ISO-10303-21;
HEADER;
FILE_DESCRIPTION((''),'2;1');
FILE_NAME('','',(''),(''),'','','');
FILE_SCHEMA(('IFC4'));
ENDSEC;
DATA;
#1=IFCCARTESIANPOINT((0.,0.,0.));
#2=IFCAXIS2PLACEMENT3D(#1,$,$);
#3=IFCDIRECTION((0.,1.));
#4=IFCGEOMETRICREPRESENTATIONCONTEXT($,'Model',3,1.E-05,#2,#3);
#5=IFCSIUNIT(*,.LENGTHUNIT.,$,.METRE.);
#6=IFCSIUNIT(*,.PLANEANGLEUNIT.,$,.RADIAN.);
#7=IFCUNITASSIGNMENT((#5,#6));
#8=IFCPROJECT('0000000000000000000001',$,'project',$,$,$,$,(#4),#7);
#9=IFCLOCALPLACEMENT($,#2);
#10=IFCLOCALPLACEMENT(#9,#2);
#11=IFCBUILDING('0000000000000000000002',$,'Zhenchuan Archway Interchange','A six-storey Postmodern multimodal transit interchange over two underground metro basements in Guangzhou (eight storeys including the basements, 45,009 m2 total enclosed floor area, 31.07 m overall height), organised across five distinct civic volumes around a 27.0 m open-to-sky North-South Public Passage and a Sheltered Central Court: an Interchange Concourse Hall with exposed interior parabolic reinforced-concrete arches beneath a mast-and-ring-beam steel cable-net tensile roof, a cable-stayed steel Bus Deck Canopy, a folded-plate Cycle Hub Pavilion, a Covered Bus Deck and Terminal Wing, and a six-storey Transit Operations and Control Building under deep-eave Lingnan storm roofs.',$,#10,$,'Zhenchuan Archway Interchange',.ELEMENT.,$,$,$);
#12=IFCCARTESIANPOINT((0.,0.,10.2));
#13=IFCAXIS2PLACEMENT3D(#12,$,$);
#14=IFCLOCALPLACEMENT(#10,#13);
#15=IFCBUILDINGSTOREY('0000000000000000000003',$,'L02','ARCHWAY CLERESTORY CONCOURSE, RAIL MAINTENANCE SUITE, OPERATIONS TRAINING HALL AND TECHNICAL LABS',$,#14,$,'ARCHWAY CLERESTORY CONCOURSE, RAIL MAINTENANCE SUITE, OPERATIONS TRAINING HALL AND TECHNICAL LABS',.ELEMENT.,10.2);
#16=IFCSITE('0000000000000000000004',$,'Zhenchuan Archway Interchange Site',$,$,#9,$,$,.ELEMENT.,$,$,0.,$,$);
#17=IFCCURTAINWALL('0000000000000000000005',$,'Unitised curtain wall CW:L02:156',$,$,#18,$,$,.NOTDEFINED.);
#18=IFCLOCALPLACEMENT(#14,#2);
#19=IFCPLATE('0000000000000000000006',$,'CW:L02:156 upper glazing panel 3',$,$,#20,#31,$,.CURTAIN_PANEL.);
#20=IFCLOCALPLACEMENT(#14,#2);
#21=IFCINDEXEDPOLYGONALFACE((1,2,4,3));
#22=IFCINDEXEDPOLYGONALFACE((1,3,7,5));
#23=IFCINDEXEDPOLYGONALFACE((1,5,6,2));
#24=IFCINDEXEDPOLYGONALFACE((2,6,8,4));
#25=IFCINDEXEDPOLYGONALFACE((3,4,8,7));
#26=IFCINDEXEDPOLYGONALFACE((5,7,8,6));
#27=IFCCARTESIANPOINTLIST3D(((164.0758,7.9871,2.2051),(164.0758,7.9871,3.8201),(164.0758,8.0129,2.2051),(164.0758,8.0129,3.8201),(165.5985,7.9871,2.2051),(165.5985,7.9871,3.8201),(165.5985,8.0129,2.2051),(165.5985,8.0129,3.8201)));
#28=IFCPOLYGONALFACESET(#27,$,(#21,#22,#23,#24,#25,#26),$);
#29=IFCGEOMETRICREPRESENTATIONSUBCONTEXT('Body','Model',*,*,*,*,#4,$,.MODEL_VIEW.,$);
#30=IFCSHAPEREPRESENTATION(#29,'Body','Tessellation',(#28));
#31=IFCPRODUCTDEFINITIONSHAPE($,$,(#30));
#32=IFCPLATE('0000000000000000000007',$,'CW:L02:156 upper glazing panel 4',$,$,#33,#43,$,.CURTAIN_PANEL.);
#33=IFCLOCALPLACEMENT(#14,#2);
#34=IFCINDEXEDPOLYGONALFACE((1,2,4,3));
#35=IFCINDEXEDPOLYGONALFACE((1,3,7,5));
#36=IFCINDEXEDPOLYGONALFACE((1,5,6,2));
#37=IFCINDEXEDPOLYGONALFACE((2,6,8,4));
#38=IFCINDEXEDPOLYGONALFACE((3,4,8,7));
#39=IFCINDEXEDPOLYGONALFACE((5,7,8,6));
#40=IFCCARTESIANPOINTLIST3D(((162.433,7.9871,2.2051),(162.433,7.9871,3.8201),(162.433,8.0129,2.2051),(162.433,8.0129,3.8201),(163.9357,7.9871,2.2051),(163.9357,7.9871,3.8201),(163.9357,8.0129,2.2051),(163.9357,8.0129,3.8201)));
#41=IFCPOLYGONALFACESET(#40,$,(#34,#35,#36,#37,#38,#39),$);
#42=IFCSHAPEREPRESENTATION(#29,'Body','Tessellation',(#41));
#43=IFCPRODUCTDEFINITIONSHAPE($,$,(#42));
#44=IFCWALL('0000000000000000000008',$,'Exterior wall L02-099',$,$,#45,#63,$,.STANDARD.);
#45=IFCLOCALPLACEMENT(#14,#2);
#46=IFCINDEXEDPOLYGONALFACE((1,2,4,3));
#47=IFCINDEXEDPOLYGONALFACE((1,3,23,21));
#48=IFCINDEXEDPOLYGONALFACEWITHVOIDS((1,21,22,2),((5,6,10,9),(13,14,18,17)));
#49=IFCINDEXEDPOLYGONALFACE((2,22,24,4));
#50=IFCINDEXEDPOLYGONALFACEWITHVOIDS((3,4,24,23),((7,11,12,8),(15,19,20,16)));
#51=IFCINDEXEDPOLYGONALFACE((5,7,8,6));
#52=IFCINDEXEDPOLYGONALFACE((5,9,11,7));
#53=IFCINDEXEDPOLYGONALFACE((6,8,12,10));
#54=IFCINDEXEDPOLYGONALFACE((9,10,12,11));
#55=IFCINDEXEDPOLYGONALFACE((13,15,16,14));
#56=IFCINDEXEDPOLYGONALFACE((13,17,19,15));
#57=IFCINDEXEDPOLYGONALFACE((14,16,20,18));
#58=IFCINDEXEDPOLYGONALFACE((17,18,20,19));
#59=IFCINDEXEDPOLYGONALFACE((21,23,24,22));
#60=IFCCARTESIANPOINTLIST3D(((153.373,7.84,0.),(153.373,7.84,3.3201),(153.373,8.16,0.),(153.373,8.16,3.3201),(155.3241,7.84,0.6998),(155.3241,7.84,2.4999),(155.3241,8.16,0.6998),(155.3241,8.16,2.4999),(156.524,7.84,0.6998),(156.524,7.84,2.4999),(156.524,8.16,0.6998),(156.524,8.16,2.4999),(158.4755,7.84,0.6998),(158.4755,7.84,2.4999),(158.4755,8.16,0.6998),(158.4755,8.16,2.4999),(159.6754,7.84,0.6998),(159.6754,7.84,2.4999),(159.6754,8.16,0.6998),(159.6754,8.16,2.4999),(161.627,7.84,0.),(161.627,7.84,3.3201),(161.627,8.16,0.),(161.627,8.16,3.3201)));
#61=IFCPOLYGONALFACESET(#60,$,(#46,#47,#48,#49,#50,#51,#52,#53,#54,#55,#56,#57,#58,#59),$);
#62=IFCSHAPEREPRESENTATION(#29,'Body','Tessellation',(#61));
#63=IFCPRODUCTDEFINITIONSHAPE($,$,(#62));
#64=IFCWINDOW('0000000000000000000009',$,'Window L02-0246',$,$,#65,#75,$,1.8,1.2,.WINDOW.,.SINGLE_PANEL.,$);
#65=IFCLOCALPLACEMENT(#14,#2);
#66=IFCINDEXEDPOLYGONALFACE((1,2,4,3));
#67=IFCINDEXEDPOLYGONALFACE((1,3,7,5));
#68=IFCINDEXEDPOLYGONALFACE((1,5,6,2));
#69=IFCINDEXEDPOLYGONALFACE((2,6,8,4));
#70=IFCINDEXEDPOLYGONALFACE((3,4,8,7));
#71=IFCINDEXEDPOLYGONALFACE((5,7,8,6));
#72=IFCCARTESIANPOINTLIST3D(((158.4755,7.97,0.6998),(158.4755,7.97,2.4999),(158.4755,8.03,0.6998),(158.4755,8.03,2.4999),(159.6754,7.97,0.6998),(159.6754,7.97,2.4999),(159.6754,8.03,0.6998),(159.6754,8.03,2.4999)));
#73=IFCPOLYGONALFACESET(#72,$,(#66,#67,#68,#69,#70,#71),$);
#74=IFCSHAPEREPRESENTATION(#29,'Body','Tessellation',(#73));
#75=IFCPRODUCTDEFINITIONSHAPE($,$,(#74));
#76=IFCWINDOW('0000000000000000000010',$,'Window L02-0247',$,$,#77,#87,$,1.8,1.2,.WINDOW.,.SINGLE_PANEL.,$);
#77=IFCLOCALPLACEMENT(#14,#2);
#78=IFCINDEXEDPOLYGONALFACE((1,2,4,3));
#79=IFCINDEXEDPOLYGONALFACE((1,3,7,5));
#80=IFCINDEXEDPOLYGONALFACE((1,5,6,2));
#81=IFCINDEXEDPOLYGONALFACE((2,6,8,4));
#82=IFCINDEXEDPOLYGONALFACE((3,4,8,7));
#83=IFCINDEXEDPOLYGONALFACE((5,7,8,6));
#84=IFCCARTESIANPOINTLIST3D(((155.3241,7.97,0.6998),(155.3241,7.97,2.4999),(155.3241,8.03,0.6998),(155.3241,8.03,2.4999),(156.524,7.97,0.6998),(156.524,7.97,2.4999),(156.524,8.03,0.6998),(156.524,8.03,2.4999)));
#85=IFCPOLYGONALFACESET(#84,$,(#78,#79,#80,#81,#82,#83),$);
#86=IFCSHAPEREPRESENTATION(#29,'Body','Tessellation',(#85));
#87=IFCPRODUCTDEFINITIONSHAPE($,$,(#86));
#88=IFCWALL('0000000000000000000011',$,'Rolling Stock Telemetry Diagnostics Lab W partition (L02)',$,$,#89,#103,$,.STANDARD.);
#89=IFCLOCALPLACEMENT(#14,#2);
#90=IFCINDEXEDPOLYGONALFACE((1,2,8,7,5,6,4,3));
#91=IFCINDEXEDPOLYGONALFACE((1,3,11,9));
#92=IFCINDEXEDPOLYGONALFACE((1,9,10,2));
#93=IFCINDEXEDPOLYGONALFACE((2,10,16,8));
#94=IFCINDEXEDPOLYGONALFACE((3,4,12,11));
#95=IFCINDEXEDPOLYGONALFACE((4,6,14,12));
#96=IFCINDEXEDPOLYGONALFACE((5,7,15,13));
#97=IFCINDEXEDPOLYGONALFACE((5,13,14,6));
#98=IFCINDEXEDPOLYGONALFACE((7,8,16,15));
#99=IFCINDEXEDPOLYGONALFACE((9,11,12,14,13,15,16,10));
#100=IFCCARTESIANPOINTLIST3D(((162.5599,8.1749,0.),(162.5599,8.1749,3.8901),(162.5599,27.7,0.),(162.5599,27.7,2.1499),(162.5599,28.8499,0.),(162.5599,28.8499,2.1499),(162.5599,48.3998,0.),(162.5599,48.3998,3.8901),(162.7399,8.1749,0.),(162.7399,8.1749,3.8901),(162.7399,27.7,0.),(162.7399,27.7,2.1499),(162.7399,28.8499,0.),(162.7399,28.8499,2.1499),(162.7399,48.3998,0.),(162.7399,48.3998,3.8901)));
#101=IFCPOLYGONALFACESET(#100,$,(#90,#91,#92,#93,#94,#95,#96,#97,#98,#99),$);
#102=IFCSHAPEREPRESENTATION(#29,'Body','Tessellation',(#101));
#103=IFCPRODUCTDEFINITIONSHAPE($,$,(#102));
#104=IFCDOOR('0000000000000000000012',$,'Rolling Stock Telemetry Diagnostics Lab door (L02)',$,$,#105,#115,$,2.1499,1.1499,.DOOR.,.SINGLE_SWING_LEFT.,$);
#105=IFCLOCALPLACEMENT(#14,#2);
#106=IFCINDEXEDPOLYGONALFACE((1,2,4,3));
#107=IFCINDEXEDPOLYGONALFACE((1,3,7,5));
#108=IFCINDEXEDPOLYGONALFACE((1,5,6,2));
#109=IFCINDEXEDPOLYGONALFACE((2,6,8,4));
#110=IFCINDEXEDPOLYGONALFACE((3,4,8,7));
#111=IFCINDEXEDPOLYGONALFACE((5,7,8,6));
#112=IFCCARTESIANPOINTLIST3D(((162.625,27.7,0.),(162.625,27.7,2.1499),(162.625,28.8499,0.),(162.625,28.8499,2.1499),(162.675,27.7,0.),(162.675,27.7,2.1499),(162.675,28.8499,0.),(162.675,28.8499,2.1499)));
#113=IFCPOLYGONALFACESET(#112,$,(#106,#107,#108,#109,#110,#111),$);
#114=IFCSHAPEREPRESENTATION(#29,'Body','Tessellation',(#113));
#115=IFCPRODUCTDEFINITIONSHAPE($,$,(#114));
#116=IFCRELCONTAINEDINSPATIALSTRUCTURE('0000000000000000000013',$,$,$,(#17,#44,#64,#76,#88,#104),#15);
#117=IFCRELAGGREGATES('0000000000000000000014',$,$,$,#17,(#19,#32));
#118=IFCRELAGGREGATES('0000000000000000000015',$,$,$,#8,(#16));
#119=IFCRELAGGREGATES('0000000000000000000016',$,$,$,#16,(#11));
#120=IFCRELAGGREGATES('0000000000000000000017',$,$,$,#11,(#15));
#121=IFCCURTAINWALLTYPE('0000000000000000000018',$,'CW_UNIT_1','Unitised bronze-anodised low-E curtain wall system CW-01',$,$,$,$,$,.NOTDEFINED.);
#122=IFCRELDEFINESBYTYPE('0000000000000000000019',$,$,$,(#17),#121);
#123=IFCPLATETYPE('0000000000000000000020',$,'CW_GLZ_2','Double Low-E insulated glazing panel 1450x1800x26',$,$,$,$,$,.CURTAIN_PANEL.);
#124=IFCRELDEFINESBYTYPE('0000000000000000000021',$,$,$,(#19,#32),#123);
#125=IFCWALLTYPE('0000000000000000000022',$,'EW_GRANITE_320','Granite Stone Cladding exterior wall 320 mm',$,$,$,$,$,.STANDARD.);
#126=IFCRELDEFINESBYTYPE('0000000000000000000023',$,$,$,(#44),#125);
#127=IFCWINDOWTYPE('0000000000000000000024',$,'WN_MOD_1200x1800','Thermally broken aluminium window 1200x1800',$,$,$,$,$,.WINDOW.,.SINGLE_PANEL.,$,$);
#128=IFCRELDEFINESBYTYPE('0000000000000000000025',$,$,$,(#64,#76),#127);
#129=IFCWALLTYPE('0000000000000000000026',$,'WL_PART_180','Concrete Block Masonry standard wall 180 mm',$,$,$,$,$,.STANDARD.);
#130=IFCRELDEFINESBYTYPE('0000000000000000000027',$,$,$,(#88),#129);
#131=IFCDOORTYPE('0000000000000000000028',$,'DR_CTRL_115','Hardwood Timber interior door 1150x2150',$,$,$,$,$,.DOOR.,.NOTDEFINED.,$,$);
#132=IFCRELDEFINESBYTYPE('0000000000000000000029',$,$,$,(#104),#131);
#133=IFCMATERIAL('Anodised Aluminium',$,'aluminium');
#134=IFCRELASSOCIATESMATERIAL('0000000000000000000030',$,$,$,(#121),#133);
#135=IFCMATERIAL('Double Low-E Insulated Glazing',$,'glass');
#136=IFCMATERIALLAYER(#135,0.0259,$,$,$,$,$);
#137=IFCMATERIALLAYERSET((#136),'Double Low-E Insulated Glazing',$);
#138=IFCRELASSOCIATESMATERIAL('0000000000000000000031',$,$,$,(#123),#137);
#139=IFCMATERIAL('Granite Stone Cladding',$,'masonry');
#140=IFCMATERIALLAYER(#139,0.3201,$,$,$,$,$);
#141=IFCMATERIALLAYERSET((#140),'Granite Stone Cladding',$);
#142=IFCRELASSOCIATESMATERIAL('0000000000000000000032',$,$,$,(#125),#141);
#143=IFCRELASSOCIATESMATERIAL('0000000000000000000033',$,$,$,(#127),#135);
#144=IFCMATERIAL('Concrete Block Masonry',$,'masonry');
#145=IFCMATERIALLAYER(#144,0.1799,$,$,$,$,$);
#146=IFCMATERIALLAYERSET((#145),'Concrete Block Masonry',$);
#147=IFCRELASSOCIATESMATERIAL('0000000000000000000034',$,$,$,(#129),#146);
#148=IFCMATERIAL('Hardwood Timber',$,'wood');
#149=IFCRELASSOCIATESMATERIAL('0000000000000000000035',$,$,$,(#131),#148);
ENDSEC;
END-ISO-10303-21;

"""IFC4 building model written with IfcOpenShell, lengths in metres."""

from ifc_helpers import new_model, si_unit, direction, frame, frame_2d, origin, origin_2d, place, context, subcontext, project, spatial, rectangle, extrude, material, layer, layer_set, type_object, element, fill, aggregate, save


model = new_model("IFC4")

# Units and contexts
model_context = context("Model", 3, precision=1e-05, world=origin(), true_north=direction((0.0, 1.0)))
body_context = subcontext(model_context, "Body", "Model", "MODEL_VIEW")
ifc_project = project(units=[si_unit("LENGTHUNIT", "METRE"), si_unit("PLANEANGLEUNIT", "RADIAN")], contexts=[model_context])

# Site, building, storey
site_placement = place(None, origin())
site = spatial("IfcSite", under=ifc_project, at=site_placement, Name="Zhenchuan Archway Interchange Site", CompositionType="ELEMENT", RefElevation=0.0)
building_placement = place(site_placement, origin())
building = spatial("IfcBuilding", under=site, at=building_placement, Name="Zhenchuan Archway Interchange", Description="A six-storey Postmodern multimodal transit interchange over two underground metro basements in Guangzhou (eight storeys including the basements, 45,009 m2 total enclosed floor area, 31.07 m overall height), organised across five distinct civic volumes around a 27.0 m open-to-sky North-South Public Passage and a Sheltered Central Court: an Interchange Concourse Hall with exposed interior parabolic reinforced-concrete arches beneath a mast-and-ring-beam steel cable-net tensile roof, a cable-stayed steel Bus Deck Canopy, a folded-plate Cycle Hub Pavilion, a Covered Bus Deck and Terminal Wing, and a six-storey Transit Operations and Control Building under deep-eave Lingnan storm roofs.", LongName="Zhenchuan Archway Interchange", CompositionType="ELEMENT")
storey_placement = place(building_placement, frame((0.0, 0.0, 10.2)))
storey = spatial("IfcBuildingStorey", under=building, at=storey_placement, Name="L02", Description="ARCHWAY CLERESTORY CONCOURSE, RAIL MAINTENANCE SUITE, OPERATIONS TRAINING HALL AND TECHNICAL LABS", LongName="ARCHWAY CLERESTORY CONCOURSE, RAIL MAINTENANCE SUITE, OPERATIONS TRAINING HALL AND TECHNICAL LABS", CompositionType="ELEMENT", Elevation=10.2)

# Curtain wall
ifc_material_1 = material(Name="Anodised Aluminium", Category="aluminium")
curtain_wall_type = type_object("IfcCurtainWallType", Name="CW_UNIT_1", Description="Unitised bronze-anodised low-E curtain wall system CW-01", PredefinedType="NOTDEFINED", material=ifc_material_1)
curtain_wall_placement = place(storey_placement, origin())
curtain_wall = element("IfcCurtainWall", 1, at=curtain_wall_placement, inside=storey, type_object=curtain_wall_type, Name="Unitised curtain wall CW:L02:156", PredefinedType="NOTDEFINED")

# Plates
ifc_material_2 = material(Name="Double Low-E Insulated Glazing", Category="glass")
ifc_layer_1 = layer(ifc_material_2, 0.0259)
ifc_layer_set_1 = layer_set([ifc_layer_1], Name="Double Low-E Insulated Glazing")
plate_type_1 = type_object("IfcPlateType", Name="CW_GLZ_2", Description="Double Low-E insulated glazing panel 1450x1800x26", PredefinedType="CURTAIN_PANEL", material=ifc_layer_set_1)
plate_1_placement = place(storey_placement, frame((164.8372, 8.0, 2.2051), z_axis=(0.0, 0.0, 1.0), x_axis=(-1.0, 0.0, 0.0)))
plate_1 = element("IfcPlate", 2, at=plate_1_placement, type_object=plate_type_1, Name="CW:L02:156 upper glazing panel 3", PredefinedType="CURTAIN_PANEL", context=body_context, shape_type="SweptSolid", body=[
    extrude(rectangle(XDim=1.5227, YDim=0.0259, at=origin_2d()), origin(), (0.0, 0.0, 1.0), 1.615),
])
plate_2_placement = place(storey_placement, frame((163.1843, 8.0, 2.2051), z_axis=(0.0, 0.0, 1.0), x_axis=(-1.0, 0.0, 0.0)))
plate_2 = element("IfcPlate", 3, at=plate_2_placement, type_object=plate_type_1, Name="CW:L02:156 upper glazing panel 4", PredefinedType="CURTAIN_PANEL", context=body_context, shape_type="SweptSolid", body=[
    extrude(rectangle(XDim=1.5027, YDim=0.0259, at=origin_2d()), origin(), (0.0, 0.0, 1.0), 1.615),
])
aggregate(curtain_wall, [plate_1, plate_2])

# Wall, openings, windows
ifc_material_3 = material(Name="Granite Stone Cladding", Category="masonry")
ifc_layer_2 = layer(ifc_material_3, 0.3201)
ifc_layer_set_2 = layer_set([ifc_layer_2], Name="Granite Stone Cladding")
wall_type_1 = type_object("IfcWallType", Name="EW_GRANITE_320", Description="Granite Stone Cladding exterior wall 320 mm", PredefinedType="STANDARD", material=ifc_layer_set_2)
wall_1_placement = place(storey_placement, frame((161.627, 8.0, 0.0), z_axis=(0.0, 0.0, 1.0), x_axis=(-1.0, 0.0, 0.0)))
wall_1 = element("IfcWall", 4, at=wall_1_placement, inside=storey, type_object=wall_type_1, Name="Exterior wall L02-099", PredefinedType="STANDARD", context=body_context, shape_type="SweptSolid", body=[
    extrude(rectangle(XDim=8.2539, YDim=0.3201, at=frame_2d((4.127, 0.0))), origin(), (0.0, 0.0, 1.0), 3.3201),
])
opening_1_placement = place(wall_1_placement, frame((1.9514, 0.0, 0.7)))
opening_1 = element("IfcOpeningElement", 5, at=opening_1_placement, cuts=wall_1, PredefinedType="OPENING", context=body_context, shape_type="SweptSolid", body=[
    extrude(rectangle(XDim=1.2, YDim=1.8, at=frame_2d((0.6001, 0.8999))), frame((0.0, 0.1719, 0.0), z_axis=(0.0, -1.0, 0.0), x_axis=(1.0, 0.0, 0.0)), (0.0, 0.0, 1.0), 0.344),
])
opening_2_placement = place(wall_1_placement, frame((5.1028, 0.0, 0.7)))
opening_2 = element("IfcOpeningElement", 6, at=opening_2_placement, cuts=wall_1, PredefinedType="OPENING", context=body_context, shape_type="SweptSolid", body=[
    extrude(rectangle(XDim=1.2, YDim=1.8, at=frame_2d((0.6001, 0.8999))), frame((0.0, 0.1719, 0.0), z_axis=(0.0, -1.0, 0.0), x_axis=(1.0, 0.0, 0.0)), (0.0, 0.0, 1.0), 0.344),
])
window_type = type_object("IfcWindowType", Name="WN_MOD_1200x1800", Description="Thermally broken aluminium window 1200x1800", PartitioningType="SINGLE_PANEL", PredefinedType="WINDOW", material=ifc_material_2)
window_1_placement = place(opening_1_placement, origin())
window_1 = element("IfcWindow", 7, at=window_1_placement, inside=storey, type_object=window_type, Name="Window L02-0246", OverallHeight=1.8, OverallWidth=1.2, PartitioningType="SINGLE_PANEL", PredefinedType="WINDOW", context=body_context, shape_type="SweptSolid", body=[
    extrude(rectangle(XDim=1.2, YDim=1.8, at=frame_2d((0.6001, 0.8999))), frame((0.0, 0.03, 0.0), z_axis=(0.0, -1.0, 0.0), x_axis=(1.0, 0.0, 0.0)), (0.0, 0.0, 1.0), 0.0601),
])
fill(opening_1, window_1)
window_2_placement = place(opening_2_placement, origin())
window_2 = element("IfcWindow", 8, at=window_2_placement, inside=storey, type_object=window_type, Name="Window L02-0247", OverallHeight=1.8, OverallWidth=1.2, PartitioningType="SINGLE_PANEL", PredefinedType="WINDOW", context=body_context, shape_type="SweptSolid", body=[
    extrude(rectangle(XDim=1.2, YDim=1.8, at=frame_2d((0.6001, 0.8999))), frame((0.0, 0.03, 0.0), z_axis=(0.0, -1.0, 0.0), x_axis=(1.0, 0.0, 0.0)), (0.0, 0.0, 1.0), 0.0601),
])
fill(opening_2, window_2)

# Wall, opening, door
ifc_material_4 = material(Name="Concrete Block Masonry", Category="masonry")
ifc_layer_3 = layer(ifc_material_4, 0.1799)
ifc_layer_set_3 = layer_set([ifc_layer_3], Name="Concrete Block Masonry")
wall_type_2 = type_object("IfcWallType", Name="WL_PART_180", Description="Concrete Block Masonry standard wall 180 mm", PredefinedType="STANDARD", material=ifc_layer_set_3)
wall_2_placement = place(storey_placement, frame((162.6499, 8.175, 0.0), z_axis=(0.0, 0.0, 1.0), x_axis=(0.0, 1.0, 0.0)))
wall_2 = element("IfcWall", 9, at=wall_2_placement, inside=storey, type_object=wall_type_2, Name="Rolling Stock Telemetry Diagnostics Lab W partition (L02)", PredefinedType="STANDARD", context=body_context, shape_type="SweptSolid", body=[
    extrude(rectangle(XDim=40.2249, YDim=0.1799, at=frame_2d((20.1123, 0.0))), origin(), (0.0, 0.0, 1.0), 3.8901),
])
opening_3_placement = place(wall_2_placement, frame((19.5249, 0.0, 0.0)))
opening_3 = element("IfcOpeningElement", 10, at=opening_3_placement, cuts=wall_2, PredefinedType="OPENING", context=body_context, shape_type="SweptSolid", body=[
    extrude(rectangle(XDim=1.1499, YDim=2.1499, at=frame_2d((0.575, 1.075))), frame((0.0, 0.1021, 0.0), z_axis=(0.0, -1.0, 0.0), x_axis=(1.0, 0.0, 0.0)), (0.0, 0.0, 1.0), 0.2039),
])
ifc_material_5 = material(Name="Hardwood Timber", Category="wood")
door_type = type_object("IfcDoorType", Name="DR_CTRL_115", Description="Hardwood Timber interior door 1150x2150", OperationType="NOTDEFINED", PredefinedType="DOOR", material=ifc_material_5)
door_placement = place(opening_3_placement, origin())
door = element("IfcDoor", 11, at=door_placement, inside=storey, type_object=door_type, Name="Rolling Stock Telemetry Diagnostics Lab door (L02)", OperationType="SINGLE_SWING_LEFT", OverallHeight=2.1499, OverallWidth=1.1499, PredefinedType="DOOR", context=body_context, shape_type="SweptSolid", body=[
    extrude(rectangle(XDim=1.1499, YDim=2.1499, at=frame_2d((0.575, 1.075))), frame((0.0, 0.0249, 0.0), z_axis=(0.0, -1.0, 0.0), x_axis=(1.0, 0.0, 0.0)), (0.0, 0.0, 1.0), 0.05),
])
fill(opening_3, door)

save(model, "model.ifc")
